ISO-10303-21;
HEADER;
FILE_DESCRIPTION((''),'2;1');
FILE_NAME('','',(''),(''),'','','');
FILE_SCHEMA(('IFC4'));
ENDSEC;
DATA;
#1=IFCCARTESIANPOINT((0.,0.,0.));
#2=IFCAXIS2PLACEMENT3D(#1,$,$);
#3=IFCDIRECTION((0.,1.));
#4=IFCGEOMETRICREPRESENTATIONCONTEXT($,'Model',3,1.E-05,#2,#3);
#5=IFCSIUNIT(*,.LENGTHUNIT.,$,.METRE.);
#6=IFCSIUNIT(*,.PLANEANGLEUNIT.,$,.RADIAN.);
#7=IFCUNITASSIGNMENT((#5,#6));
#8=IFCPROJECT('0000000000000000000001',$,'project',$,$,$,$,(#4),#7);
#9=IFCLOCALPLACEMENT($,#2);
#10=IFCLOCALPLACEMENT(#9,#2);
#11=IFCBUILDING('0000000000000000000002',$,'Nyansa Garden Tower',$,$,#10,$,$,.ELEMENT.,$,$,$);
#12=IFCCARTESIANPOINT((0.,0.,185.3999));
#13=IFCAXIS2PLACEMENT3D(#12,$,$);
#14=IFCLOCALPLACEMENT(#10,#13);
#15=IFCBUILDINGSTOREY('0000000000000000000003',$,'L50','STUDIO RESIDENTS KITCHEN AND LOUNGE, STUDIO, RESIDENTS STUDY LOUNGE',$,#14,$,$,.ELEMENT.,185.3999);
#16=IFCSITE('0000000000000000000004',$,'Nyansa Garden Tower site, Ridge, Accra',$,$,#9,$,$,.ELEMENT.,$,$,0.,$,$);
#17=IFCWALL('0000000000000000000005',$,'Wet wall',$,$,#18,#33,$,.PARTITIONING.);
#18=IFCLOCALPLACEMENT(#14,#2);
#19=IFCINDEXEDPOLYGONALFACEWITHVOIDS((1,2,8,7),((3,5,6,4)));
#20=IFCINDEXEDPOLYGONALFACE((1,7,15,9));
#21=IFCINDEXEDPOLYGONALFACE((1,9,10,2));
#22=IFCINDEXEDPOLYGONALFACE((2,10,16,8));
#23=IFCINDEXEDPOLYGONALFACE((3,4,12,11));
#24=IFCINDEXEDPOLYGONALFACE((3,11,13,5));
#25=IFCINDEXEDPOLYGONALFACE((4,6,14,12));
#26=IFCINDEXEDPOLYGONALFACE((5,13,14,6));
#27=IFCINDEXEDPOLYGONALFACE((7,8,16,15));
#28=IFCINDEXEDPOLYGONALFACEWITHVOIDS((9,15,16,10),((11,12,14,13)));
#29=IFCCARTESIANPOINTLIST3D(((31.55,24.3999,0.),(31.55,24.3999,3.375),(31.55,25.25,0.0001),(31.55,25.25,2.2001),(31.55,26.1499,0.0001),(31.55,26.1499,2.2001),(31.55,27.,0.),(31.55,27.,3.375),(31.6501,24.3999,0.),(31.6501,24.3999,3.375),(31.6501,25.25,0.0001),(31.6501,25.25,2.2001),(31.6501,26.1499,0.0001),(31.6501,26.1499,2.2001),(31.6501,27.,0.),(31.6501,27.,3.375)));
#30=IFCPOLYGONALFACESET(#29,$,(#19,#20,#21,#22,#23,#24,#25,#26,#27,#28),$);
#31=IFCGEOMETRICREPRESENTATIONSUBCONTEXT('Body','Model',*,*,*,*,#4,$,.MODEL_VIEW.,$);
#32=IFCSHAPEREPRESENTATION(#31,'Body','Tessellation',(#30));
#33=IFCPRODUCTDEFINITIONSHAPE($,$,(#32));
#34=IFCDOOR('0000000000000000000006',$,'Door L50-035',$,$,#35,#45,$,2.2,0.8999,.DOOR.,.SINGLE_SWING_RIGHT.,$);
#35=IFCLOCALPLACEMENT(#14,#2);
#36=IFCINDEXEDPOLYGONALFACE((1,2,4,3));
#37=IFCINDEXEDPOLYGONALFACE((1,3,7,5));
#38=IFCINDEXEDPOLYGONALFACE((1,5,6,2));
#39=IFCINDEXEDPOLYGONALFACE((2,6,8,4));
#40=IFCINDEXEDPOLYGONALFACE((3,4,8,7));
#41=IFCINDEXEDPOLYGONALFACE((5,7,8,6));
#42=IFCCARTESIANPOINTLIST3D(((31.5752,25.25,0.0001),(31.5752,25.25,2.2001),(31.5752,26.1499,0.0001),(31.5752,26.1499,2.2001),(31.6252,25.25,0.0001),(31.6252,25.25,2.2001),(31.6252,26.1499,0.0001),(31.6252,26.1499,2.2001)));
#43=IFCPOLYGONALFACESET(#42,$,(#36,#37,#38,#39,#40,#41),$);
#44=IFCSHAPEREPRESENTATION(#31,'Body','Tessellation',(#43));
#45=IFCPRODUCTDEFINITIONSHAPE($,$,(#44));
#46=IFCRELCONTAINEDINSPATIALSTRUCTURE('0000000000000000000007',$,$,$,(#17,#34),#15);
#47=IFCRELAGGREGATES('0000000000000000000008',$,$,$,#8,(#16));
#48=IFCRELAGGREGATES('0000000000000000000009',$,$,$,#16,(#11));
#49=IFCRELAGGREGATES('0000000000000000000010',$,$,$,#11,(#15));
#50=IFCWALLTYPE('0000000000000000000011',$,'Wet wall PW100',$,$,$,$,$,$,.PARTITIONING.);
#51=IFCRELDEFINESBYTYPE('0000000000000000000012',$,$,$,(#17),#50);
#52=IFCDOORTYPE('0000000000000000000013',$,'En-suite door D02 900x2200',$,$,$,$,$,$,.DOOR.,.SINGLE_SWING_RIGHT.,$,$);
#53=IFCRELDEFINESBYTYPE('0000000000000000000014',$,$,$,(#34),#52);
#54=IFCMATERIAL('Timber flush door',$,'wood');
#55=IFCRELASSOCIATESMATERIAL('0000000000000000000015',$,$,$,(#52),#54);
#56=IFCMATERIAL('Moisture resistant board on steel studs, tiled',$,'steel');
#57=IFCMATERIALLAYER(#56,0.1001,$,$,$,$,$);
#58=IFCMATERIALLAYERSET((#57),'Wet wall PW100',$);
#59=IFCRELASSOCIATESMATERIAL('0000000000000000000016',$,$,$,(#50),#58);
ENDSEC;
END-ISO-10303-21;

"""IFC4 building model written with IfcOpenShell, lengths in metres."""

from ifc_helpers import new_model, si_unit, direction, frame, frame_2d, origin, place, context, subcontext, project, spatial, rectangle, extrude, material, layer, layer_set, type_object, element, fill, save


model = new_model("IFC4")

# Units and contexts
model_context = context("Model", 3, precision=1e-05, world=origin(), true_north=direction((0.0, 1.0)))
body_context = subcontext(model_context, "Body", "Model", "MODEL_VIEW")
ifc_project = project(units=[si_unit("LENGTHUNIT", "METRE"), si_unit("PLANEANGLEUNIT", "RADIAN")], contexts=[model_context])

# Site, building, storey
site_placement = place(None, origin())
site = spatial("IfcSite", under=ifc_project, at=site_placement, Name="Nyansa Garden Tower site, Ridge, Accra", CompositionType="ELEMENT", RefElevation=0.0)
building_placement = place(site_placement, origin())
building = spatial("IfcBuilding", under=site, at=building_placement, Name="Nyansa Garden Tower", CompositionType="ELEMENT")
storey_placement = place(building_placement, frame((0.0, 0.0, 185.3999)))
storey = spatial("IfcBuildingStorey", under=building, at=storey_placement, Name="L50", Description="STUDIO RESIDENTS KITCHEN AND LOUNGE, STUDIO, RESIDENTS STUDY LOUNGE", CompositionType="ELEMENT", Elevation=185.3999)

# Shared definitions
ifc_material_1 = material(Name="Timber flush door", Category="wood")
door_type_1 = type_object("IfcDoorType", Name="En-suite door D02 900x2200", OperationType="SINGLE_SWING_RIGHT", PredefinedType="DOOR", material=ifc_material_1)

# Shared definitions
ifc_material_2 = material(Name="Moisture resistant board on steel studs, tiled", Category="steel")
ifc_layer_1 = layer(ifc_material_2, 0.1001)
ifc_layer_set_1 = layer_set([ifc_layer_1], Name="Wet wall PW100")
wall_type_1 = type_object("IfcWallType", Name="Wet wall PW100", PredefinedType="PARTITIONING", material=ifc_layer_set_1)

# Wall, opening, door
wall_1_placement = place(storey_placement, frame((31.6001, 24.3999, 0.0), z_axis=(0.0, 0.0, 1.0), x_axis=(0.0, 1.0, 0.0)))
wall_1 = element("IfcWall", 1, at=wall_1_placement, inside=storey, type_object=wall_type_1, Name="Wet wall", PredefinedType="PARTITIONING", context=body_context, shape_type="SweptSolid", body=[
    extrude(rectangle(XDim=2.6001, YDim=0.1001, at=frame_2d((1.3, 0.0))), origin(), (0.0, 0.0, 1.0), 3.375),
])
opening_1_placement = place(wall_1_placement, frame((0.8501, 0.0, 0.0)))
opening_1 = element("IfcOpeningElement", 2, at=opening_1_placement, cuts=wall_1, PredefinedType="OPENING", context=body_context, shape_type="SweptSolid", body=[
    extrude(rectangle(XDim=0.8999, YDim=2.2, at=frame_2d((0.45, 1.1001))), frame((0.0, 0.0601, 0.0), z_axis=(0.0, -1.0, 0.0), x_axis=(1.0, 0.0, 0.0)), (0.0, 0.0, 1.0), 0.1201),
])
door_1_placement = place(opening_1_placement, origin())
door_1 = element("IfcDoor", 3, at=door_1_placement, inside=storey, type_object=door_type_1, Name="Door L50-035", OperationType="SINGLE_SWING_RIGHT", OverallHeight=2.2, OverallWidth=0.8999, PredefinedType="DOOR", context=body_context, shape_type="SweptSolid", body=[
    extrude(rectangle(XDim=0.8999, YDim=2.2, at=frame_2d((0.45, 1.1001))), frame((0.0, 0.0249, 0.0), z_axis=(0.0, -1.0, 0.0), x_axis=(1.0, 0.0, 0.0)), (0.0, 0.0, 1.0), 0.05),
])
fill(opening_1, door_1)

save(model, "model.ifc")
